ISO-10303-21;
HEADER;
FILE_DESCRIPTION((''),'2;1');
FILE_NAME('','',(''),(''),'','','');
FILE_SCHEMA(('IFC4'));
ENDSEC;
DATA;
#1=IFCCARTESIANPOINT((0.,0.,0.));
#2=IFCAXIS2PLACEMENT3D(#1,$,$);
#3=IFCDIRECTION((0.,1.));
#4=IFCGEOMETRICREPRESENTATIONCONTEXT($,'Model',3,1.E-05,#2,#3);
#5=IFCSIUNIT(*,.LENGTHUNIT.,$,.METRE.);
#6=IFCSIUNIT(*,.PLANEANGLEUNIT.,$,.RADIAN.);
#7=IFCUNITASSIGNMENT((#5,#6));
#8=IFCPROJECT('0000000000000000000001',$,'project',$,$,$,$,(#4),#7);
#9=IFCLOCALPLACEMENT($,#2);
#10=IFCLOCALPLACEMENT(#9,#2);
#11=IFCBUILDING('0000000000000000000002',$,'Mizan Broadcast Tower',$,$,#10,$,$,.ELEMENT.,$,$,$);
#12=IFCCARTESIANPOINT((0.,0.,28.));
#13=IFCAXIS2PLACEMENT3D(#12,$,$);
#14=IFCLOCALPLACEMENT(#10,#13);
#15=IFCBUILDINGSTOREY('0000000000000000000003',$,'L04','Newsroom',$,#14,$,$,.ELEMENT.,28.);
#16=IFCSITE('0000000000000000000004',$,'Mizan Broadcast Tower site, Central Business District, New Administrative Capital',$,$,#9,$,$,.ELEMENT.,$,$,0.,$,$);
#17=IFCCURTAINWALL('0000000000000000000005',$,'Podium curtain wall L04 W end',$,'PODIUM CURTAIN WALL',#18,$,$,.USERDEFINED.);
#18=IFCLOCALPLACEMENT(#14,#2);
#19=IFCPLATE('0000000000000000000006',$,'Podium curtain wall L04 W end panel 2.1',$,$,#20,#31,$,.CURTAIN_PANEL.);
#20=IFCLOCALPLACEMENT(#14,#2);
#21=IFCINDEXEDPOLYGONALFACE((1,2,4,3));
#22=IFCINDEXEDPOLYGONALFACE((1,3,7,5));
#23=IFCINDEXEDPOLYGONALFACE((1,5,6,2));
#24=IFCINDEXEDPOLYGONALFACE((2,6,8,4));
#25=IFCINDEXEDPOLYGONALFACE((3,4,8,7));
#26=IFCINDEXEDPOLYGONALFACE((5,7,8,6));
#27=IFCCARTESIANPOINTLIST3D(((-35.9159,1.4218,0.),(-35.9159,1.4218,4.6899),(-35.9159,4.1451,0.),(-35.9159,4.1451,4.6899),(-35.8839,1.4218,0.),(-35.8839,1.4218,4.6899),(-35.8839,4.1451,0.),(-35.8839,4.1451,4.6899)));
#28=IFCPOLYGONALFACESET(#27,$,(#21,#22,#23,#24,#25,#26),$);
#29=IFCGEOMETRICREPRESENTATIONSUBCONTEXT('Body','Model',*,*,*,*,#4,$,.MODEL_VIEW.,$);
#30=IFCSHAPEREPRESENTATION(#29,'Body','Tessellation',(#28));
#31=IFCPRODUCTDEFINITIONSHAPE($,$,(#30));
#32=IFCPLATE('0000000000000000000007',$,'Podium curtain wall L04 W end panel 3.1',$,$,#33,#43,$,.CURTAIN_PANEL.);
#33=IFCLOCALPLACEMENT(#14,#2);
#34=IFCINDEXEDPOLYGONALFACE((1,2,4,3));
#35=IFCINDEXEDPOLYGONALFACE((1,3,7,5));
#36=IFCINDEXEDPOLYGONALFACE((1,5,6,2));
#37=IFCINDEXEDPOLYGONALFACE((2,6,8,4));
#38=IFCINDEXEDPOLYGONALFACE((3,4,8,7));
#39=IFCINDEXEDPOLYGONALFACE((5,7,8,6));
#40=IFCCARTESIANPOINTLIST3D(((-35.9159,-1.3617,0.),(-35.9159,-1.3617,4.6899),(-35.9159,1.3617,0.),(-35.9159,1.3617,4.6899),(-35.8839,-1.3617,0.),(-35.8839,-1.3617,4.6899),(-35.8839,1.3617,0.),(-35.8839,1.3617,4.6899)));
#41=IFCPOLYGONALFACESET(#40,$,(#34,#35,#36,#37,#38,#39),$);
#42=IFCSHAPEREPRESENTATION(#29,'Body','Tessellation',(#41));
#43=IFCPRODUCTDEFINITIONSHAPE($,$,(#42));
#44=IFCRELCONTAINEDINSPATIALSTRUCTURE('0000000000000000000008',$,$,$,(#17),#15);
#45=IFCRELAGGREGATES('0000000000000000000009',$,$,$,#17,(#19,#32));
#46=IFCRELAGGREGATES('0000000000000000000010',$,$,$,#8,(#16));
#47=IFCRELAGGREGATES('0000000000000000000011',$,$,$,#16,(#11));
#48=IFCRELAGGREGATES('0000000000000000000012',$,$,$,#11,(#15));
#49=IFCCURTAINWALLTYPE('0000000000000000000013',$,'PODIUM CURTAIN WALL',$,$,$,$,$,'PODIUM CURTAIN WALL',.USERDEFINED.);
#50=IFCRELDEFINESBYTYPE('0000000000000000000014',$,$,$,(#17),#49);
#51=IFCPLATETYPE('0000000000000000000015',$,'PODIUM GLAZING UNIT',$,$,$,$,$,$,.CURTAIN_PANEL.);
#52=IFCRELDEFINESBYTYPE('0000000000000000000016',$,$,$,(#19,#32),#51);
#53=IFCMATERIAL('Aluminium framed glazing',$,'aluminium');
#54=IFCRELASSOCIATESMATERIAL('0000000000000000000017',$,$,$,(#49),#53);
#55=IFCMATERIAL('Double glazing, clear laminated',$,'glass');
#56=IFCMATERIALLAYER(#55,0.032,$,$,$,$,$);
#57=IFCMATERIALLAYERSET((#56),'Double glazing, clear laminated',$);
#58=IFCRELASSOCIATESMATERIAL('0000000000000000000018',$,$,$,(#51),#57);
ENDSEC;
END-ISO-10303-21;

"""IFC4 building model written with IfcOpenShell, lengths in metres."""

from ifc_helpers import new_model, si_unit, direction, frame, origin, origin_2d, place, context, subcontext, project, spatial, rectangle, extrude, material, layer, layer_set, type_object, element, aggregate, save


model = new_model("IFC4")

# Units and contexts
model_context = context("Model", 3, precision=1e-05, world=origin(), true_north=direction((0.0, 1.0)))
body_context = subcontext(model_context, "Body", "Model", "MODEL_VIEW")
ifc_project = project(units=[si_unit("LENGTHUNIT", "METRE"), si_unit("PLANEANGLEUNIT", "RADIAN")], contexts=[model_context])

# Site, building, storey
site_placement = place(None, origin())
site = spatial("IfcSite", under=ifc_project, at=site_placement, Name="Mizan Broadcast Tower site, Central Business District, New Administrative Capital", CompositionType="ELEMENT", RefElevation=0.0)
building_placement = place(site_placement, origin())
building = spatial("IfcBuilding", under=site, at=building_placement, Name="Mizan Broadcast Tower", CompositionType="ELEMENT")
storey_placement = place(building_placement, frame((0.0, 0.0, 28.0)))
storey = spatial("IfcBuildingStorey", under=building, at=storey_placement, Name="L04", Description="Newsroom", CompositionType="ELEMENT", Elevation=28.0)

# Shared definitions
ifc_material_1 = material(Name="Aluminium framed glazing", Category="aluminium")
curtain_wall_type_1 = type_object("IfcCurtainWallType", Name="PODIUM CURTAIN WALL", ElementType="PODIUM CURTAIN WALL", PredefinedType="USERDEFINED", material=ifc_material_1)

# Curtain wall
curtain_wall_1_placement = place(storey_placement, origin())
curtain_wall_1 = element("IfcCurtainWall", 1, at=curtain_wall_1_placement, inside=storey, type_object=curtain_wall_type_1, Name="Podium curtain wall L04 W end", ObjectType="PODIUM CURTAIN WALL", PredefinedType="USERDEFINED")

# Plates
ifc_material_2 = material(Name="Double glazing, clear laminated", Category="glass")
ifc_layer_1 = layer(ifc_material_2, 0.032)
ifc_layer_set_1 = layer_set([ifc_layer_1], Name="Double glazing, clear laminated")
plate_type_1 = type_object("IfcPlateType", Name="PODIUM GLAZING UNIT", PredefinedType="CURTAIN_PANEL", material=ifc_layer_set_1)
plate_1_placement = place(storey_placement, frame((-35.8999, 2.7834, 0.0), z_axis=(0.0, 0.0, 1.0), x_axis=(0.0, -1.0, 0.0)))
plate_1 = element("IfcPlate", 2, at=plate_1_placement, type_object=plate_type_1, Name="Podium curtain wall L04 W end panel 2.1", PredefinedType="CURTAIN_PANEL", context=body_context, shape_type="SweptSolid", body=[
    extrude(rectangle(XDim=2.7234, YDim=0.032, at=origin_2d()), origin(), (0.0, 0.0, 1.0), 4.6899),
])
plate_2_placement = place(storey_placement, frame((-35.8999, 0.0, 0.0), z_axis=(0.0, 0.0, 1.0), x_axis=(0.0, -1.0, 0.0)))
plate_2 = element("IfcPlate", 3, at=plate_2_placement, type_object=plate_type_1, Name="Podium curtain wall L04 W end panel 3.1", PredefinedType="CURTAIN_PANEL", context=body_context, shape_type="SweptSolid", body=[
    extrude(rectangle(XDim=2.7234, YDim=0.032, at=origin_2d()), origin(), (0.0, 0.0, 1.0), 4.6899),
])
aggregate(curtain_wall_1, [plate_1, plate_2])

save(model, "model.ifc")
